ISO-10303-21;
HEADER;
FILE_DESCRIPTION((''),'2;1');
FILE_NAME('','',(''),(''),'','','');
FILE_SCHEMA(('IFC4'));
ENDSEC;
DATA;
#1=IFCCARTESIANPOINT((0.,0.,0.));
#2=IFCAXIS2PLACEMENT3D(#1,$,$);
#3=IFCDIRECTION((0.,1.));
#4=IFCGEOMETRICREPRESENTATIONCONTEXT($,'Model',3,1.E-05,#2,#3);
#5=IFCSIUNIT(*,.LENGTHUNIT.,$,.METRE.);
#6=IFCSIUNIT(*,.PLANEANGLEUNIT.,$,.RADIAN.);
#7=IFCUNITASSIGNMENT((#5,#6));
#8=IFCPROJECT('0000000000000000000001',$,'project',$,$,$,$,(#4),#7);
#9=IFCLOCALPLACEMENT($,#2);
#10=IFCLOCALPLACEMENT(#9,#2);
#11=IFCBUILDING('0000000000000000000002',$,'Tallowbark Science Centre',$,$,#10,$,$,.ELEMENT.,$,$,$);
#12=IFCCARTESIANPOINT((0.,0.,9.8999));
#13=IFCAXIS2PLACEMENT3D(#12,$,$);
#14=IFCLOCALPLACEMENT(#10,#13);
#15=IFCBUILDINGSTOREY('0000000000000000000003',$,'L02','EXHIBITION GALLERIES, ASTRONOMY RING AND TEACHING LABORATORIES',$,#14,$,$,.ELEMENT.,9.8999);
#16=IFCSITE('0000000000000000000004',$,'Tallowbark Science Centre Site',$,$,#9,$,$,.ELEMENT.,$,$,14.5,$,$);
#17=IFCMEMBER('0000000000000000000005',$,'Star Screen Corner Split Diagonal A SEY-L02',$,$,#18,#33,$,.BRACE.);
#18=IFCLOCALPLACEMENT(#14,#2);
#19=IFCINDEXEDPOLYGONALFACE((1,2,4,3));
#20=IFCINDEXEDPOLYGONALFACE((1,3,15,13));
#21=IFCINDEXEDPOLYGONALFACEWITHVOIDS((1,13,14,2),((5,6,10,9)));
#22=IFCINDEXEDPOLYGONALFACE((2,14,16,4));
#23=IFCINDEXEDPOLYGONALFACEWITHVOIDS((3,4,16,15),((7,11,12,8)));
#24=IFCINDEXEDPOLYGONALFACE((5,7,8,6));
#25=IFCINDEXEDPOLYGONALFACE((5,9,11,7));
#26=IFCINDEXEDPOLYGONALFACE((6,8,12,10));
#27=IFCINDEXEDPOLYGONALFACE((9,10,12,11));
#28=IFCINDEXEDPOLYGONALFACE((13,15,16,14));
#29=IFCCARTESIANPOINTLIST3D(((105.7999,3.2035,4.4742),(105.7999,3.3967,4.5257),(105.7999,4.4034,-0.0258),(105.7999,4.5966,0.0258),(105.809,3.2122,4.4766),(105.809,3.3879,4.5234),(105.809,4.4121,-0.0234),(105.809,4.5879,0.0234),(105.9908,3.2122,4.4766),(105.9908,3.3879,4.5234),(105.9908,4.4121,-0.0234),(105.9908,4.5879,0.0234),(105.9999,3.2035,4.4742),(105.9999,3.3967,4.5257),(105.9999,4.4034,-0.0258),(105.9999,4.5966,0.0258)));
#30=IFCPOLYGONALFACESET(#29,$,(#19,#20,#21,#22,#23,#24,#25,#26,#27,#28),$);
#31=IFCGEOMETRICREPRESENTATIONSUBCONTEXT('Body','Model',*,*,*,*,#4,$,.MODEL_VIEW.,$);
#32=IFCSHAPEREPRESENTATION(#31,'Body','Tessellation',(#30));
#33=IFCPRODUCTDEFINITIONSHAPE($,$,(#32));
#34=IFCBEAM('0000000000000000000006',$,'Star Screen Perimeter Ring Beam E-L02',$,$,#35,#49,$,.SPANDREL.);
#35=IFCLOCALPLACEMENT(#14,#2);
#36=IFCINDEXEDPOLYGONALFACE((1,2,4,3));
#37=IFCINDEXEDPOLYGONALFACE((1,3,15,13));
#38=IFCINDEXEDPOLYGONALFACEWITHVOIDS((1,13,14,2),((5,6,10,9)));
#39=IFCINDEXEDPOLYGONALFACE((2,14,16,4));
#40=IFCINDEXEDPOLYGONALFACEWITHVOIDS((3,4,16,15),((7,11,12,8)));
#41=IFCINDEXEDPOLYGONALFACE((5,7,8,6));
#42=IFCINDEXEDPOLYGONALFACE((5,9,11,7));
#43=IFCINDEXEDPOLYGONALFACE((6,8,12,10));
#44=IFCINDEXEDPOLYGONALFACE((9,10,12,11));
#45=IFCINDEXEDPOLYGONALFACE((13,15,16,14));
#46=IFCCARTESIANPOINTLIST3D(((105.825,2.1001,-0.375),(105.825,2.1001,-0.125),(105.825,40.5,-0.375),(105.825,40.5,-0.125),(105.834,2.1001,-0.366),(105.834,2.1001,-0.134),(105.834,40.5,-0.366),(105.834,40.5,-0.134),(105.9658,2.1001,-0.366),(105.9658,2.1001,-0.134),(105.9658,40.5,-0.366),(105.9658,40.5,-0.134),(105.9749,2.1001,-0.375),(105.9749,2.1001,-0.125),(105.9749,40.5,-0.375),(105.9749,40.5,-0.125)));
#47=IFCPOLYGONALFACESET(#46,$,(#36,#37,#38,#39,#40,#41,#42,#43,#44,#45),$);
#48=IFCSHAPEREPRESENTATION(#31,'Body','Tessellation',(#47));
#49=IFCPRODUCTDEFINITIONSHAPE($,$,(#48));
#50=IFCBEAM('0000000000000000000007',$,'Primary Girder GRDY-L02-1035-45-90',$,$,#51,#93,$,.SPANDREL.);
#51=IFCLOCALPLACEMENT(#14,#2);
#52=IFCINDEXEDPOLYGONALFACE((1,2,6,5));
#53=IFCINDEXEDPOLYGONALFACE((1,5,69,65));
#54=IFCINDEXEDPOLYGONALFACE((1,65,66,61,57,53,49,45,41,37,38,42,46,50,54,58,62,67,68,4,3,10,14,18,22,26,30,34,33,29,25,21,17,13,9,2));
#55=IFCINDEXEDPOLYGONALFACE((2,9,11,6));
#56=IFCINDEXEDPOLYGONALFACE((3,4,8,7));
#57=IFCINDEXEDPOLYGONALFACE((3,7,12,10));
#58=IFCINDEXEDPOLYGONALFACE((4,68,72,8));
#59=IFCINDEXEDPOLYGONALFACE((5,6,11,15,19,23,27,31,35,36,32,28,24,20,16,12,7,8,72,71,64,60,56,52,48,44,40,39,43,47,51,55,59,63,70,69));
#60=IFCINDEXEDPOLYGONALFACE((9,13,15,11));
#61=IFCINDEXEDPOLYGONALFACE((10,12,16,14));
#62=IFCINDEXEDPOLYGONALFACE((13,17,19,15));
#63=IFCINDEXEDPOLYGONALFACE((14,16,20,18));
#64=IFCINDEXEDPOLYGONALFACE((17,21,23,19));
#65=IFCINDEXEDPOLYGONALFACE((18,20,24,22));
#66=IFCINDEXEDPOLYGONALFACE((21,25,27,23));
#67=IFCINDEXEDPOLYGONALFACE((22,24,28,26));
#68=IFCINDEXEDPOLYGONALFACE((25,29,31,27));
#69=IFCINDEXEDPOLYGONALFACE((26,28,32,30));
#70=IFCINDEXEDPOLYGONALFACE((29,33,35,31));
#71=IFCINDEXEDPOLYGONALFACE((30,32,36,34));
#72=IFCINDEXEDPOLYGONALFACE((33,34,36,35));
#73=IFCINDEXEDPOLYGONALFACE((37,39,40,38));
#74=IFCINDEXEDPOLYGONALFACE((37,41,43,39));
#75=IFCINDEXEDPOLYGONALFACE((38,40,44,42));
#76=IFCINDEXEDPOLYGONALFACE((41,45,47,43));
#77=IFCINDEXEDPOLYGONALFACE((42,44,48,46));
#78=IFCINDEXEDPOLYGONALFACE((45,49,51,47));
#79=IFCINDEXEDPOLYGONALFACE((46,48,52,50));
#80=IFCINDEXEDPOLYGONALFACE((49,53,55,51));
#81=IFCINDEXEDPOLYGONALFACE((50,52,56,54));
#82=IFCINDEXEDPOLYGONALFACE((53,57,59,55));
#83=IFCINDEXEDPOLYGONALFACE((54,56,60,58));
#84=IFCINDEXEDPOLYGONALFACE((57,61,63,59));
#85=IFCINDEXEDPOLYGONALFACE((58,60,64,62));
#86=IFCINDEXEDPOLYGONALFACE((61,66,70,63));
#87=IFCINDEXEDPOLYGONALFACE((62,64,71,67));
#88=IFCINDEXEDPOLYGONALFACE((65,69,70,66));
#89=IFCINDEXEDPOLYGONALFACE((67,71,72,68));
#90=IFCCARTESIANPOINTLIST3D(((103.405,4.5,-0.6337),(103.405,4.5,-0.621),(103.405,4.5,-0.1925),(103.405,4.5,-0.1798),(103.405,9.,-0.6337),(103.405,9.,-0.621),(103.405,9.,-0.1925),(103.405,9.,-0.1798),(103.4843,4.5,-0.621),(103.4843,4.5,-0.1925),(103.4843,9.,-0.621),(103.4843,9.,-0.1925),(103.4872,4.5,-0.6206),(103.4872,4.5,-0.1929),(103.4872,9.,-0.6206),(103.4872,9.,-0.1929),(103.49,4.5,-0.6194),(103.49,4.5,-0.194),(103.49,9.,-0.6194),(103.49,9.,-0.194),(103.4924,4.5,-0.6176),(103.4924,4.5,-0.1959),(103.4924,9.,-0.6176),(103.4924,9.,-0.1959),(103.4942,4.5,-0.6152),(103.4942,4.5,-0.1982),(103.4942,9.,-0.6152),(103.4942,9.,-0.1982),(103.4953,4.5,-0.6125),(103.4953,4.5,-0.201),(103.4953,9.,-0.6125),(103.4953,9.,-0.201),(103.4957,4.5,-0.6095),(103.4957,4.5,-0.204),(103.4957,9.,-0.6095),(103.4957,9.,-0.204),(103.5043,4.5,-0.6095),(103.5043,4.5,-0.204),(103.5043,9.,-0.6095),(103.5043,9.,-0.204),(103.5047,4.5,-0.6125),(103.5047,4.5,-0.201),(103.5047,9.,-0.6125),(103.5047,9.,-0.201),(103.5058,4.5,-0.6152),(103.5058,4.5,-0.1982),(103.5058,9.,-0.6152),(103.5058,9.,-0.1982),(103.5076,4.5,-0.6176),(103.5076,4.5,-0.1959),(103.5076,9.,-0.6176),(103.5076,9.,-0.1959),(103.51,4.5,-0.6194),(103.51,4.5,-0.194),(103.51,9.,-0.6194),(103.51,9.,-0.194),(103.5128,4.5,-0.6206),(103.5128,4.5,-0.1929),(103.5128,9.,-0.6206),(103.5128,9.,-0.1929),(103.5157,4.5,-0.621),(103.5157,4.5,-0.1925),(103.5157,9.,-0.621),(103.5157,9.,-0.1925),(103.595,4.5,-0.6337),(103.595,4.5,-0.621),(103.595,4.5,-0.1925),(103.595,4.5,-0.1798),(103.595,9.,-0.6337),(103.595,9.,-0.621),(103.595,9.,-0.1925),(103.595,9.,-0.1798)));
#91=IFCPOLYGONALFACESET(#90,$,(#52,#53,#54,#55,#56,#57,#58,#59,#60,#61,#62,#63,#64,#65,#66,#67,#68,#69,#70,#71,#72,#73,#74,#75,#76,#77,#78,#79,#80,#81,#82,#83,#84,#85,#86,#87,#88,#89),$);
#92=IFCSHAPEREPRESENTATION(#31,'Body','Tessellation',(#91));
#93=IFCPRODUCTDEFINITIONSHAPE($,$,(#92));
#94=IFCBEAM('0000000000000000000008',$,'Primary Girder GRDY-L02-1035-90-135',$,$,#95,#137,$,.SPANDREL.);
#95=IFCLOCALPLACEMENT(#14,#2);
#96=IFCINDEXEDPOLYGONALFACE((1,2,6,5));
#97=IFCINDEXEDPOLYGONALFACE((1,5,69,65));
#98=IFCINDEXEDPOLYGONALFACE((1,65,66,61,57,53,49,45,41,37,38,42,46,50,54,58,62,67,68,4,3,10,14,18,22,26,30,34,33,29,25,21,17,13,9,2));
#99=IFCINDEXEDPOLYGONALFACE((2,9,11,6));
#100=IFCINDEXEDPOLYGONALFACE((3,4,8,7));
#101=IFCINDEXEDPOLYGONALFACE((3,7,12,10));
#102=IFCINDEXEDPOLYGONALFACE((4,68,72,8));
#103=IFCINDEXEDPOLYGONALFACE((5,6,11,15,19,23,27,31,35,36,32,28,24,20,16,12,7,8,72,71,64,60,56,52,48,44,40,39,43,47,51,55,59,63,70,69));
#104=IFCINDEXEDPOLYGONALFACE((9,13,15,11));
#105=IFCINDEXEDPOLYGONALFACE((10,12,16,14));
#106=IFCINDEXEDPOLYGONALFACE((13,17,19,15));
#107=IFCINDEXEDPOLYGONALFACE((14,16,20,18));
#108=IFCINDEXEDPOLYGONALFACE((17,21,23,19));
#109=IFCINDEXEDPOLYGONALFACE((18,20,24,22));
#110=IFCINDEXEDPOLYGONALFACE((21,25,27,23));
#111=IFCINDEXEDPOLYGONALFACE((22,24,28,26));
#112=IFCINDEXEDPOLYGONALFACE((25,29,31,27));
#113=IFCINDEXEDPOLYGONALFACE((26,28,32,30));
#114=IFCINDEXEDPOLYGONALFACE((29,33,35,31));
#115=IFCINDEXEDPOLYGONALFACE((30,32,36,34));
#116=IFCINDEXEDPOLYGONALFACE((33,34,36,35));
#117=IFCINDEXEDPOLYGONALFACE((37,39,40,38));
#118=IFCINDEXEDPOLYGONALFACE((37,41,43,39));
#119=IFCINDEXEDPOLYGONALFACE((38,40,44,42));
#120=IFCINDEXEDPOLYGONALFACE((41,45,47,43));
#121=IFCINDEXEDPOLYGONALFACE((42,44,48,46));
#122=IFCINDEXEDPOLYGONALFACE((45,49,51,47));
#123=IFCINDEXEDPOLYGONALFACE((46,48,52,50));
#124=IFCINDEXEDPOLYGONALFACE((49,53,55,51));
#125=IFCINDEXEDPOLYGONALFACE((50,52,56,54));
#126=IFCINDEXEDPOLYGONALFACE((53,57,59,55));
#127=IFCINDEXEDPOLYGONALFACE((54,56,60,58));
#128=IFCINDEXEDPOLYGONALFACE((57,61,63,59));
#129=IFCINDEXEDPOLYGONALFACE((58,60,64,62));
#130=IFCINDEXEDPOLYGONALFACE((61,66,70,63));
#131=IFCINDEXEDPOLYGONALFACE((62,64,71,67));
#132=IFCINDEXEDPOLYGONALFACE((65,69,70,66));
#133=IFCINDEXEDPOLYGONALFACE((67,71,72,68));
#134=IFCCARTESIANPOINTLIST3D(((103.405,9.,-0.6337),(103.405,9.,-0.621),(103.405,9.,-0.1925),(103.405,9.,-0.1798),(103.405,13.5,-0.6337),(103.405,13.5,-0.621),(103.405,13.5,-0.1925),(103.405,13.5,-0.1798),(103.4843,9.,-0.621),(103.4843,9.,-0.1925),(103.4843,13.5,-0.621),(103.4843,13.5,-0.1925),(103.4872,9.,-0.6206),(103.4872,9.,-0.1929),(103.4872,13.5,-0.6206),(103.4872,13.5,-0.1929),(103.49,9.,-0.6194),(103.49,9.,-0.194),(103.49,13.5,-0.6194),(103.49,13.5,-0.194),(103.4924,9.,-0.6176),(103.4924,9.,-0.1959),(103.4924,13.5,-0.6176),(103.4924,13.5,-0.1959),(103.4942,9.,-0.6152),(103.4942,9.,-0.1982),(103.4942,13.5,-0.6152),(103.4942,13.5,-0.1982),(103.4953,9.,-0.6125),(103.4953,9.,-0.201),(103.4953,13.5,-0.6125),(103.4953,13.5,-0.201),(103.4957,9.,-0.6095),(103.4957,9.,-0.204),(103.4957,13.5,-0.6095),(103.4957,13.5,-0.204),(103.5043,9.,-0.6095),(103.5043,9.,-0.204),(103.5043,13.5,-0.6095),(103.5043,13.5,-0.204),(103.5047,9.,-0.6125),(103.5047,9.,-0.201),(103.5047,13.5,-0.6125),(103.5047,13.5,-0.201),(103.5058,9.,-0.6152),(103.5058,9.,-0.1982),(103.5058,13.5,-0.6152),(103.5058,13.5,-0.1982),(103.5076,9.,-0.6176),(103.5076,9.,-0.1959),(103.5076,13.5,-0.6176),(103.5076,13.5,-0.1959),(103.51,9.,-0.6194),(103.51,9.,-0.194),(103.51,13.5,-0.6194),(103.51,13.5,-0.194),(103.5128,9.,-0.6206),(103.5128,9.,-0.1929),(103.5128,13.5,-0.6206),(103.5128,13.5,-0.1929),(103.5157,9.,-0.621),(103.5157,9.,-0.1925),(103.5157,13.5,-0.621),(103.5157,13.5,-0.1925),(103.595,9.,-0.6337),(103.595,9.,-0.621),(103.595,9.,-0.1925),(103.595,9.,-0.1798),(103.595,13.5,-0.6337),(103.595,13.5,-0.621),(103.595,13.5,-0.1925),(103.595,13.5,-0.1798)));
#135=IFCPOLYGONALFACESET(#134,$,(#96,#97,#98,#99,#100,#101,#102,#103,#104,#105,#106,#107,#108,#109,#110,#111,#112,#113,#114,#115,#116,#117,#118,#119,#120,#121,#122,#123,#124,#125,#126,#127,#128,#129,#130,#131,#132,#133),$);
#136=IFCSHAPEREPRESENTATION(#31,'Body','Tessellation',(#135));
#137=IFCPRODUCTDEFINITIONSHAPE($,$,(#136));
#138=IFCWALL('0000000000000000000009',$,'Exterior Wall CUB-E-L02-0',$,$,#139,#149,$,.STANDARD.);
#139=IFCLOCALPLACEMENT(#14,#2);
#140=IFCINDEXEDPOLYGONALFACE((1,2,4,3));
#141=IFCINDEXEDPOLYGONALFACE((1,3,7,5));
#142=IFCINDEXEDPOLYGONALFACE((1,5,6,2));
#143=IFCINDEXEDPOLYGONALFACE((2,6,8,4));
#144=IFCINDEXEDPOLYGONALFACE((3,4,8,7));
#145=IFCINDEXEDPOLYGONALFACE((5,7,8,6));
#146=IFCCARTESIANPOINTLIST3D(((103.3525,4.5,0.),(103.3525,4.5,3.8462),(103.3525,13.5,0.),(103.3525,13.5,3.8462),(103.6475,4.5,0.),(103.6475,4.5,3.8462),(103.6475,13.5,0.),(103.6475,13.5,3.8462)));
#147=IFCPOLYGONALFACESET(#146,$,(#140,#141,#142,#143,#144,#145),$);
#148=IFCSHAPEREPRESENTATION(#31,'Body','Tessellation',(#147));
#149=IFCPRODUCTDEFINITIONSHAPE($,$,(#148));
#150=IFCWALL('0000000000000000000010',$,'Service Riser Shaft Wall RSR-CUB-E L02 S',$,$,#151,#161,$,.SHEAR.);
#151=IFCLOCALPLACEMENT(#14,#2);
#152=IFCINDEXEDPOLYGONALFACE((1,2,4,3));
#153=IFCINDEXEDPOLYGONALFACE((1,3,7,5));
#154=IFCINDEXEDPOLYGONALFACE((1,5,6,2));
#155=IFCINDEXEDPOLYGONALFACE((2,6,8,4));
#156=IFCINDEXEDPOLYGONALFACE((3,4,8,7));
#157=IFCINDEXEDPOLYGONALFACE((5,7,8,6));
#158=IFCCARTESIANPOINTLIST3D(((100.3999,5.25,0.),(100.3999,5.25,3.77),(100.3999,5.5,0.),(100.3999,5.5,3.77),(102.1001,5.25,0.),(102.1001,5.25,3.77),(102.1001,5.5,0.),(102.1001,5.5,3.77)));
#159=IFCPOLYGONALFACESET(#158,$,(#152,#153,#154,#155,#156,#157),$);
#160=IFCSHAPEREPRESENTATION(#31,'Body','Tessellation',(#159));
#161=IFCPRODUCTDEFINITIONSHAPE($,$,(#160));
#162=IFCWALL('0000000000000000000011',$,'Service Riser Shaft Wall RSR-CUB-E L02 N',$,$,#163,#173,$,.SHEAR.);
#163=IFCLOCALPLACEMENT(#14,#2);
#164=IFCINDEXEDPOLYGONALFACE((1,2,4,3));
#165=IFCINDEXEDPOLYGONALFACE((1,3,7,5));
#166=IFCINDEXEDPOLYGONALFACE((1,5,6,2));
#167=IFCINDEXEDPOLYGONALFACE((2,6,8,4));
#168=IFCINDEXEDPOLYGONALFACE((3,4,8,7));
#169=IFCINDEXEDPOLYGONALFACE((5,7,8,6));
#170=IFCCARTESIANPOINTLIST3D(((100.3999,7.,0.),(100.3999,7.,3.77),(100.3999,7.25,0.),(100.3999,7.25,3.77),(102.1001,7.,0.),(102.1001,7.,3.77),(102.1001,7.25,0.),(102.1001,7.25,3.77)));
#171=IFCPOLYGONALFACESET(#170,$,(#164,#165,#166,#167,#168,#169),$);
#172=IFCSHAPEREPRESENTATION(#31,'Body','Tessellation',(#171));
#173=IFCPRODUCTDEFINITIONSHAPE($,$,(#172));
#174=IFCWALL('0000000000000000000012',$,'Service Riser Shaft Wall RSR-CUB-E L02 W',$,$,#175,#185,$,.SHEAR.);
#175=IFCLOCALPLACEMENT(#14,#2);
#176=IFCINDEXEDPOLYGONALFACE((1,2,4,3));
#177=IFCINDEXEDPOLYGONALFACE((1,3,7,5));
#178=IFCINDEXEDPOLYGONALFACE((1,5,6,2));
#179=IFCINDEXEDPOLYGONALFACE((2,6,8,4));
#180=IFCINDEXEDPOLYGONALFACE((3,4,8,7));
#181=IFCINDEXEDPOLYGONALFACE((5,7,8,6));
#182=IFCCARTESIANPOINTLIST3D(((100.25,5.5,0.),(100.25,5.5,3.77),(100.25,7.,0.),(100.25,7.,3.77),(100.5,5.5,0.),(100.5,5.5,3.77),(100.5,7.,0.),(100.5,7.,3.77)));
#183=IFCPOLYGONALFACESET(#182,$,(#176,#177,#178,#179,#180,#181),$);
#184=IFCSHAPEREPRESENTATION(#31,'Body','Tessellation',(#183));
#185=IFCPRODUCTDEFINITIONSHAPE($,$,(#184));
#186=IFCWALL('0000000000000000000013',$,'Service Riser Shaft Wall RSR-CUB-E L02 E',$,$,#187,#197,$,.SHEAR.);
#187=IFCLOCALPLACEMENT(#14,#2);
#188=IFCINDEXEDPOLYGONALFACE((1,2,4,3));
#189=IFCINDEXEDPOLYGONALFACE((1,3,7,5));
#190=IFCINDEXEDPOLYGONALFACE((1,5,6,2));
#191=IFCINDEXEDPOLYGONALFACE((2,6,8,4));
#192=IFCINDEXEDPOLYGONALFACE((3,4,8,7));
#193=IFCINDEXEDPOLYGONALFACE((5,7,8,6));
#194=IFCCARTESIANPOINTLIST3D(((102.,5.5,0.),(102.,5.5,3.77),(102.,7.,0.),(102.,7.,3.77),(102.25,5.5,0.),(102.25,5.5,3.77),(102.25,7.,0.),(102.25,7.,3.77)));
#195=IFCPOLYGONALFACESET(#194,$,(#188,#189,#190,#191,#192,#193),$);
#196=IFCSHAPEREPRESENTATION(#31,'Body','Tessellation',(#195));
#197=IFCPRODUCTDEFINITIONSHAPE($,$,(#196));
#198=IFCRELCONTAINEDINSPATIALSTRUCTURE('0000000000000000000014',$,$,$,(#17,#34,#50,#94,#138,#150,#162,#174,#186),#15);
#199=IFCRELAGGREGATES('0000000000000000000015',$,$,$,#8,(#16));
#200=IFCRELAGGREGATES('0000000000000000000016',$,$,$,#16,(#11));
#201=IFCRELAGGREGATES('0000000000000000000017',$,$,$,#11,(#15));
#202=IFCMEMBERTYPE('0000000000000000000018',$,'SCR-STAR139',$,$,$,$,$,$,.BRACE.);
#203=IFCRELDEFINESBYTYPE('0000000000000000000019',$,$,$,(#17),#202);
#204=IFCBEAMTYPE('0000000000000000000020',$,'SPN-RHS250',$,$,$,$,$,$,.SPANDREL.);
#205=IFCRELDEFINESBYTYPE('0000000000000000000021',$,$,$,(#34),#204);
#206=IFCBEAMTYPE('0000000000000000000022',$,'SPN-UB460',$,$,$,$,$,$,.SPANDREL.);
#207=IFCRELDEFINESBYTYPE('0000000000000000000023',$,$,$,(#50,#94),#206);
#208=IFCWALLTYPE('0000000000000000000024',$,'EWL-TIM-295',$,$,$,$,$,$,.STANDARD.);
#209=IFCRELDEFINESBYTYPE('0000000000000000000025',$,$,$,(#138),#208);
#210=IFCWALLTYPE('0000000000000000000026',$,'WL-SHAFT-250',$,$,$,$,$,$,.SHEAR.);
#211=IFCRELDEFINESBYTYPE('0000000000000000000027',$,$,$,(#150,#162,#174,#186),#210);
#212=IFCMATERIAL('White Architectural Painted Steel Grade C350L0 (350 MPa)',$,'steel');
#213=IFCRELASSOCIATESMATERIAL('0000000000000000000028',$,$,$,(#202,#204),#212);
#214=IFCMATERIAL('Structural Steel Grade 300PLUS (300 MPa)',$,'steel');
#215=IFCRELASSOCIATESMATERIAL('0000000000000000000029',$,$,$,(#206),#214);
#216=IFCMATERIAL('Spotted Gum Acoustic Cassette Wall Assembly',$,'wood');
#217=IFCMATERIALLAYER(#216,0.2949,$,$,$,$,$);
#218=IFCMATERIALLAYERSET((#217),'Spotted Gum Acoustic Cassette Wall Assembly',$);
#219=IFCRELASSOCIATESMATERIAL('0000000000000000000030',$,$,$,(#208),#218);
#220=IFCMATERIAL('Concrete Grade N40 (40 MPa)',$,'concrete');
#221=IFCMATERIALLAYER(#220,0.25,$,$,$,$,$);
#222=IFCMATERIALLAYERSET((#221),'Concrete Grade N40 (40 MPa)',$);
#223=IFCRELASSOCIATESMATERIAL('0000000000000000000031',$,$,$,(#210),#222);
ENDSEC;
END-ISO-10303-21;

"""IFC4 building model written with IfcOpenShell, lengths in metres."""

from ifc_helpers import new_model, si_unit, direction, frame, frame_2d, origin, origin_2d, place, context, subcontext, project, spatial, rectangle, hollow_rectangle, i_section, extrude, material, layer, layer_set, material_profile, profile_set, type_object, element, save


model = new_model("IFC4")

# Units and contexts
model_context = context("Model", 3, precision=1e-05, world=origin(), true_north=direction((0.0, 1.0)))
body_context = subcontext(model_context, "Body", "Model", "MODEL_VIEW")
ifc_project = project(units=[si_unit("LENGTHUNIT", "METRE"), si_unit("PLANEANGLEUNIT", "RADIAN")], contexts=[model_context])

# Site, building, storey
site_placement = place(None, origin())
site = spatial("IfcSite", under=ifc_project, at=site_placement, Name="Tallowbark Science Centre Site", CompositionType="ELEMENT", RefElevation=14.5)
building_placement = place(site_placement, origin())
building = spatial("IfcBuilding", under=site, at=building_placement, Name="Tallowbark Science Centre", CompositionType="ELEMENT")
storey_placement = place(building_placement, frame((0.0, 0.0, 9.8999)))
storey = spatial("IfcBuildingStorey", under=building, at=storey_placement, Name="L02", Description="EXHIBITION GALLERIES, ASTRONOMY RING AND TEACHING LABORATORIES", CompositionType="ELEMENT", Elevation=9.8999)

# Shared definitions
ifc_material_1 = material(Name="White Architectural Painted Steel Grade C350L0 (350 MPa)", Category="steel")
ifc_material_2 = material(Name="Structural Steel Grade 300PLUS (300 MPa)", Category="steel")

# Member
ifc_material_profile_1 = material_profile(ifc_material_1, hollow_rectangle(XDim=0.2, YDim=0.2, WallThickness=0.009, at=origin_2d()), Name="200x200x9.0SHS")
ifc_profile_set_1 = profile_set([ifc_material_profile_1], Name="White Architectural Painted Steel Grade C350L0 (350 MPa)")
member_type_1 = type_object("IfcMemberType", Name="SCR-STAR139", PredefinedType="BRACE", material=ifc_profile_set_1)
member_1_placement = place(storey_placement, frame((105.8999, 4.5, 0.0), z_axis=(0.0, -0.257653, 0.966238), x_axis=(1.0, 0.0, 0.0)))
element("IfcMember", 1, at=member_1_placement, inside=storey, type_object=member_type_1, Name="Star Screen Corner Split Diagonal A SEY-L02", PredefinedType="BRACE", context=body_context, shape_type="SweptSolid", body=[
    extrude(hollow_rectangle(XDim=0.2, YDim=0.2, WallThickness=0.009, at=origin_2d()), origin(), (0.0, 0.0, 1.0), 4.6572),
])

# Beams
ifc_material_profile_2 = material_profile(ifc_material_1, hollow_rectangle(XDim=0.1499, YDim=0.25, WallThickness=0.009, at=origin_2d()), Name="250x150x9.0RHS")
ifc_profile_set_2 = profile_set([ifc_material_profile_2], Name="White Architectural Painted Steel Grade C350L0 (350 MPa)")
beam_type_1 = type_object("IfcBeamType", Name="SPN-RHS250", PredefinedType="SPANDREL", material=ifc_profile_set_2)
beam_placement = place(storey_placement, frame((105.8999, 2.1001, -0.25), z_axis=(0.0, 1.0, 0.0), x_axis=(-1.0, 0.0, 0.0)))
element("IfcBeam", 2, at=beam_placement, inside=storey, type_object=beam_type_1, Name="Star Screen Perimeter Ring Beam E-L02", PredefinedType="SPANDREL", context=body_context, shape_type="SweptSolid", body=[
    extrude(hollow_rectangle(XDim=0.1499, YDim=0.25, WallThickness=0.009, at=origin_2d()), origin(), (0.0, 0.0, 1.0), 38.3999),
])
ifc_material_profile_3 = material_profile(ifc_material_2, i_section(OverallWidth=0.1899, OverallDepth=0.4539, WebThickness=0.0085, FlangeThickness=0.0127, FilletRadius=0.0115, at=origin_2d()), Name="460UB67.1")
ifc_profile_set_3 = profile_set([ifc_material_profile_3], Name="Structural Steel Grade 300PLUS (300 MPa)")
beam_type_2 = type_object("IfcBeamType", Name="SPN-UB460", PredefinedType="SPANDREL", material=ifc_profile_set_3)
for number, where, z_axis, x_axis, name in (
    (3, (103.5, 4.5, -0.4067), (0.0, 1.0, 0.0), (-1.0, 0.0, 0.0), "Primary Girder GRDY-L02-1035-45-90"),
    (4, (103.5, 9.0, -0.4067), (0.0, 1.0, 0.0), (-1.0, 0.0, 0.0), "Primary Girder GRDY-L02-1035-90-135"),
):
    element("IfcBeam", number, at=place(storey_placement, frame(where, z_axis=z_axis, x_axis=x_axis)), inside=storey, type_object=beam_type_2, Name=name, PredefinedType="SPANDREL", context=body_context, shape_type="SweptSolid", body=[
        extrude(i_section(OverallWidth=0.1899, OverallDepth=0.4539, WebThickness=0.0085, FlangeThickness=0.0127, FilletRadius=0.0115, at=origin_2d()), origin(), (0.0, 0.0, 1.0), 4.5),
    ])

# Walls
ifc_material_3 = material(Name="Spotted Gum Acoustic Cassette Wall Assembly", Category="wood")
ifc_layer_1 = layer(ifc_material_3, 0.2949)
ifc_layer_set_1 = layer_set([ifc_layer_1], Name="Spotted Gum Acoustic Cassette Wall Assembly")
wall_type_1 = type_object("IfcWallType", Name="EWL-TIM-295", PredefinedType="STANDARD", material=ifc_layer_set_1)
wall_placement = place(storey_placement, frame((103.5, 4.5, 0.0), z_axis=(0.0, 0.0, 1.0), x_axis=(0.0, 1.0, 0.0)))
element("IfcWall", 5, at=wall_placement, inside=storey, type_object=wall_type_1, Name="Exterior Wall CUB-E-L02-0", PredefinedType="STANDARD", context=body_context, shape_type="SweptSolid", body=[
    extrude(rectangle(XDim=9.0, YDim=0.2949, at=frame_2d((4.5, 0.0))), origin(), (0.0, 0.0, 1.0), 3.8462),
])
ifc_material_4 = material(Name="Concrete Grade N40 (40 MPa)", Category="concrete")
ifc_layer_2 = layer(ifc_material_4, 0.25)
ifc_layer_set_2 = layer_set([ifc_layer_2], Name="Concrete Grade N40 (40 MPa)")
wall_type_2 = type_object("IfcWallType", Name="WL-SHAFT-250", PredefinedType="SHEAR", material=ifc_layer_set_2)
for number, where, z_axis, x_axis, name in (
    (6, (100.3999, 5.375, 0.0), (0.0, 0.0, 1.0), (1.0, 0.0, 0.0), "Service Riser Shaft Wall RSR-CUB-E L02 S"),
    (7, (100.3999, 7.125, 0.0), (0.0, 0.0, 1.0), (1.0, 0.0, 0.0), "Service Riser Shaft Wall RSR-CUB-E L02 N"),
):
    element("IfcWall", number, at=place(storey_placement, frame(where, z_axis=z_axis, x_axis=x_axis)), inside=storey, type_object=wall_type_2, Name=name, PredefinedType="SHEAR", context=body_context, shape_type="SweptSolid", body=[
        extrude(rectangle(XDim=1.7002, YDim=0.25, at=frame_2d((0.8501, 0.0))), origin(), (0.0, 0.0, 1.0), 3.77),
    ])
for number, where, z_axis, x_axis, name in (
    (8, (100.375, 5.5, 0.0), (0.0, 0.0, 1.0), (0.0, 1.0, 0.0), "Service Riser Shaft Wall RSR-CUB-E L02 W"),
    (9, (102.125, 5.5, 0.0), (0.0, 0.0, 1.0), (0.0, 1.0, 0.0), "Service Riser Shaft Wall RSR-CUB-E L02 E"),
):
    element("IfcWall", number, at=place(storey_placement, frame(where, z_axis=z_axis, x_axis=x_axis)), inside=storey, type_object=wall_type_2, Name=name, PredefinedType="SHEAR", context=body_context, shape_type="SweptSolid", body=[
        extrude(rectangle(XDim=1.5, YDim=0.25, at=frame_2d((0.75, 0.0))), origin(), (0.0, 0.0, 1.0), 3.77),
    ])

save(model, "model.ifc")
